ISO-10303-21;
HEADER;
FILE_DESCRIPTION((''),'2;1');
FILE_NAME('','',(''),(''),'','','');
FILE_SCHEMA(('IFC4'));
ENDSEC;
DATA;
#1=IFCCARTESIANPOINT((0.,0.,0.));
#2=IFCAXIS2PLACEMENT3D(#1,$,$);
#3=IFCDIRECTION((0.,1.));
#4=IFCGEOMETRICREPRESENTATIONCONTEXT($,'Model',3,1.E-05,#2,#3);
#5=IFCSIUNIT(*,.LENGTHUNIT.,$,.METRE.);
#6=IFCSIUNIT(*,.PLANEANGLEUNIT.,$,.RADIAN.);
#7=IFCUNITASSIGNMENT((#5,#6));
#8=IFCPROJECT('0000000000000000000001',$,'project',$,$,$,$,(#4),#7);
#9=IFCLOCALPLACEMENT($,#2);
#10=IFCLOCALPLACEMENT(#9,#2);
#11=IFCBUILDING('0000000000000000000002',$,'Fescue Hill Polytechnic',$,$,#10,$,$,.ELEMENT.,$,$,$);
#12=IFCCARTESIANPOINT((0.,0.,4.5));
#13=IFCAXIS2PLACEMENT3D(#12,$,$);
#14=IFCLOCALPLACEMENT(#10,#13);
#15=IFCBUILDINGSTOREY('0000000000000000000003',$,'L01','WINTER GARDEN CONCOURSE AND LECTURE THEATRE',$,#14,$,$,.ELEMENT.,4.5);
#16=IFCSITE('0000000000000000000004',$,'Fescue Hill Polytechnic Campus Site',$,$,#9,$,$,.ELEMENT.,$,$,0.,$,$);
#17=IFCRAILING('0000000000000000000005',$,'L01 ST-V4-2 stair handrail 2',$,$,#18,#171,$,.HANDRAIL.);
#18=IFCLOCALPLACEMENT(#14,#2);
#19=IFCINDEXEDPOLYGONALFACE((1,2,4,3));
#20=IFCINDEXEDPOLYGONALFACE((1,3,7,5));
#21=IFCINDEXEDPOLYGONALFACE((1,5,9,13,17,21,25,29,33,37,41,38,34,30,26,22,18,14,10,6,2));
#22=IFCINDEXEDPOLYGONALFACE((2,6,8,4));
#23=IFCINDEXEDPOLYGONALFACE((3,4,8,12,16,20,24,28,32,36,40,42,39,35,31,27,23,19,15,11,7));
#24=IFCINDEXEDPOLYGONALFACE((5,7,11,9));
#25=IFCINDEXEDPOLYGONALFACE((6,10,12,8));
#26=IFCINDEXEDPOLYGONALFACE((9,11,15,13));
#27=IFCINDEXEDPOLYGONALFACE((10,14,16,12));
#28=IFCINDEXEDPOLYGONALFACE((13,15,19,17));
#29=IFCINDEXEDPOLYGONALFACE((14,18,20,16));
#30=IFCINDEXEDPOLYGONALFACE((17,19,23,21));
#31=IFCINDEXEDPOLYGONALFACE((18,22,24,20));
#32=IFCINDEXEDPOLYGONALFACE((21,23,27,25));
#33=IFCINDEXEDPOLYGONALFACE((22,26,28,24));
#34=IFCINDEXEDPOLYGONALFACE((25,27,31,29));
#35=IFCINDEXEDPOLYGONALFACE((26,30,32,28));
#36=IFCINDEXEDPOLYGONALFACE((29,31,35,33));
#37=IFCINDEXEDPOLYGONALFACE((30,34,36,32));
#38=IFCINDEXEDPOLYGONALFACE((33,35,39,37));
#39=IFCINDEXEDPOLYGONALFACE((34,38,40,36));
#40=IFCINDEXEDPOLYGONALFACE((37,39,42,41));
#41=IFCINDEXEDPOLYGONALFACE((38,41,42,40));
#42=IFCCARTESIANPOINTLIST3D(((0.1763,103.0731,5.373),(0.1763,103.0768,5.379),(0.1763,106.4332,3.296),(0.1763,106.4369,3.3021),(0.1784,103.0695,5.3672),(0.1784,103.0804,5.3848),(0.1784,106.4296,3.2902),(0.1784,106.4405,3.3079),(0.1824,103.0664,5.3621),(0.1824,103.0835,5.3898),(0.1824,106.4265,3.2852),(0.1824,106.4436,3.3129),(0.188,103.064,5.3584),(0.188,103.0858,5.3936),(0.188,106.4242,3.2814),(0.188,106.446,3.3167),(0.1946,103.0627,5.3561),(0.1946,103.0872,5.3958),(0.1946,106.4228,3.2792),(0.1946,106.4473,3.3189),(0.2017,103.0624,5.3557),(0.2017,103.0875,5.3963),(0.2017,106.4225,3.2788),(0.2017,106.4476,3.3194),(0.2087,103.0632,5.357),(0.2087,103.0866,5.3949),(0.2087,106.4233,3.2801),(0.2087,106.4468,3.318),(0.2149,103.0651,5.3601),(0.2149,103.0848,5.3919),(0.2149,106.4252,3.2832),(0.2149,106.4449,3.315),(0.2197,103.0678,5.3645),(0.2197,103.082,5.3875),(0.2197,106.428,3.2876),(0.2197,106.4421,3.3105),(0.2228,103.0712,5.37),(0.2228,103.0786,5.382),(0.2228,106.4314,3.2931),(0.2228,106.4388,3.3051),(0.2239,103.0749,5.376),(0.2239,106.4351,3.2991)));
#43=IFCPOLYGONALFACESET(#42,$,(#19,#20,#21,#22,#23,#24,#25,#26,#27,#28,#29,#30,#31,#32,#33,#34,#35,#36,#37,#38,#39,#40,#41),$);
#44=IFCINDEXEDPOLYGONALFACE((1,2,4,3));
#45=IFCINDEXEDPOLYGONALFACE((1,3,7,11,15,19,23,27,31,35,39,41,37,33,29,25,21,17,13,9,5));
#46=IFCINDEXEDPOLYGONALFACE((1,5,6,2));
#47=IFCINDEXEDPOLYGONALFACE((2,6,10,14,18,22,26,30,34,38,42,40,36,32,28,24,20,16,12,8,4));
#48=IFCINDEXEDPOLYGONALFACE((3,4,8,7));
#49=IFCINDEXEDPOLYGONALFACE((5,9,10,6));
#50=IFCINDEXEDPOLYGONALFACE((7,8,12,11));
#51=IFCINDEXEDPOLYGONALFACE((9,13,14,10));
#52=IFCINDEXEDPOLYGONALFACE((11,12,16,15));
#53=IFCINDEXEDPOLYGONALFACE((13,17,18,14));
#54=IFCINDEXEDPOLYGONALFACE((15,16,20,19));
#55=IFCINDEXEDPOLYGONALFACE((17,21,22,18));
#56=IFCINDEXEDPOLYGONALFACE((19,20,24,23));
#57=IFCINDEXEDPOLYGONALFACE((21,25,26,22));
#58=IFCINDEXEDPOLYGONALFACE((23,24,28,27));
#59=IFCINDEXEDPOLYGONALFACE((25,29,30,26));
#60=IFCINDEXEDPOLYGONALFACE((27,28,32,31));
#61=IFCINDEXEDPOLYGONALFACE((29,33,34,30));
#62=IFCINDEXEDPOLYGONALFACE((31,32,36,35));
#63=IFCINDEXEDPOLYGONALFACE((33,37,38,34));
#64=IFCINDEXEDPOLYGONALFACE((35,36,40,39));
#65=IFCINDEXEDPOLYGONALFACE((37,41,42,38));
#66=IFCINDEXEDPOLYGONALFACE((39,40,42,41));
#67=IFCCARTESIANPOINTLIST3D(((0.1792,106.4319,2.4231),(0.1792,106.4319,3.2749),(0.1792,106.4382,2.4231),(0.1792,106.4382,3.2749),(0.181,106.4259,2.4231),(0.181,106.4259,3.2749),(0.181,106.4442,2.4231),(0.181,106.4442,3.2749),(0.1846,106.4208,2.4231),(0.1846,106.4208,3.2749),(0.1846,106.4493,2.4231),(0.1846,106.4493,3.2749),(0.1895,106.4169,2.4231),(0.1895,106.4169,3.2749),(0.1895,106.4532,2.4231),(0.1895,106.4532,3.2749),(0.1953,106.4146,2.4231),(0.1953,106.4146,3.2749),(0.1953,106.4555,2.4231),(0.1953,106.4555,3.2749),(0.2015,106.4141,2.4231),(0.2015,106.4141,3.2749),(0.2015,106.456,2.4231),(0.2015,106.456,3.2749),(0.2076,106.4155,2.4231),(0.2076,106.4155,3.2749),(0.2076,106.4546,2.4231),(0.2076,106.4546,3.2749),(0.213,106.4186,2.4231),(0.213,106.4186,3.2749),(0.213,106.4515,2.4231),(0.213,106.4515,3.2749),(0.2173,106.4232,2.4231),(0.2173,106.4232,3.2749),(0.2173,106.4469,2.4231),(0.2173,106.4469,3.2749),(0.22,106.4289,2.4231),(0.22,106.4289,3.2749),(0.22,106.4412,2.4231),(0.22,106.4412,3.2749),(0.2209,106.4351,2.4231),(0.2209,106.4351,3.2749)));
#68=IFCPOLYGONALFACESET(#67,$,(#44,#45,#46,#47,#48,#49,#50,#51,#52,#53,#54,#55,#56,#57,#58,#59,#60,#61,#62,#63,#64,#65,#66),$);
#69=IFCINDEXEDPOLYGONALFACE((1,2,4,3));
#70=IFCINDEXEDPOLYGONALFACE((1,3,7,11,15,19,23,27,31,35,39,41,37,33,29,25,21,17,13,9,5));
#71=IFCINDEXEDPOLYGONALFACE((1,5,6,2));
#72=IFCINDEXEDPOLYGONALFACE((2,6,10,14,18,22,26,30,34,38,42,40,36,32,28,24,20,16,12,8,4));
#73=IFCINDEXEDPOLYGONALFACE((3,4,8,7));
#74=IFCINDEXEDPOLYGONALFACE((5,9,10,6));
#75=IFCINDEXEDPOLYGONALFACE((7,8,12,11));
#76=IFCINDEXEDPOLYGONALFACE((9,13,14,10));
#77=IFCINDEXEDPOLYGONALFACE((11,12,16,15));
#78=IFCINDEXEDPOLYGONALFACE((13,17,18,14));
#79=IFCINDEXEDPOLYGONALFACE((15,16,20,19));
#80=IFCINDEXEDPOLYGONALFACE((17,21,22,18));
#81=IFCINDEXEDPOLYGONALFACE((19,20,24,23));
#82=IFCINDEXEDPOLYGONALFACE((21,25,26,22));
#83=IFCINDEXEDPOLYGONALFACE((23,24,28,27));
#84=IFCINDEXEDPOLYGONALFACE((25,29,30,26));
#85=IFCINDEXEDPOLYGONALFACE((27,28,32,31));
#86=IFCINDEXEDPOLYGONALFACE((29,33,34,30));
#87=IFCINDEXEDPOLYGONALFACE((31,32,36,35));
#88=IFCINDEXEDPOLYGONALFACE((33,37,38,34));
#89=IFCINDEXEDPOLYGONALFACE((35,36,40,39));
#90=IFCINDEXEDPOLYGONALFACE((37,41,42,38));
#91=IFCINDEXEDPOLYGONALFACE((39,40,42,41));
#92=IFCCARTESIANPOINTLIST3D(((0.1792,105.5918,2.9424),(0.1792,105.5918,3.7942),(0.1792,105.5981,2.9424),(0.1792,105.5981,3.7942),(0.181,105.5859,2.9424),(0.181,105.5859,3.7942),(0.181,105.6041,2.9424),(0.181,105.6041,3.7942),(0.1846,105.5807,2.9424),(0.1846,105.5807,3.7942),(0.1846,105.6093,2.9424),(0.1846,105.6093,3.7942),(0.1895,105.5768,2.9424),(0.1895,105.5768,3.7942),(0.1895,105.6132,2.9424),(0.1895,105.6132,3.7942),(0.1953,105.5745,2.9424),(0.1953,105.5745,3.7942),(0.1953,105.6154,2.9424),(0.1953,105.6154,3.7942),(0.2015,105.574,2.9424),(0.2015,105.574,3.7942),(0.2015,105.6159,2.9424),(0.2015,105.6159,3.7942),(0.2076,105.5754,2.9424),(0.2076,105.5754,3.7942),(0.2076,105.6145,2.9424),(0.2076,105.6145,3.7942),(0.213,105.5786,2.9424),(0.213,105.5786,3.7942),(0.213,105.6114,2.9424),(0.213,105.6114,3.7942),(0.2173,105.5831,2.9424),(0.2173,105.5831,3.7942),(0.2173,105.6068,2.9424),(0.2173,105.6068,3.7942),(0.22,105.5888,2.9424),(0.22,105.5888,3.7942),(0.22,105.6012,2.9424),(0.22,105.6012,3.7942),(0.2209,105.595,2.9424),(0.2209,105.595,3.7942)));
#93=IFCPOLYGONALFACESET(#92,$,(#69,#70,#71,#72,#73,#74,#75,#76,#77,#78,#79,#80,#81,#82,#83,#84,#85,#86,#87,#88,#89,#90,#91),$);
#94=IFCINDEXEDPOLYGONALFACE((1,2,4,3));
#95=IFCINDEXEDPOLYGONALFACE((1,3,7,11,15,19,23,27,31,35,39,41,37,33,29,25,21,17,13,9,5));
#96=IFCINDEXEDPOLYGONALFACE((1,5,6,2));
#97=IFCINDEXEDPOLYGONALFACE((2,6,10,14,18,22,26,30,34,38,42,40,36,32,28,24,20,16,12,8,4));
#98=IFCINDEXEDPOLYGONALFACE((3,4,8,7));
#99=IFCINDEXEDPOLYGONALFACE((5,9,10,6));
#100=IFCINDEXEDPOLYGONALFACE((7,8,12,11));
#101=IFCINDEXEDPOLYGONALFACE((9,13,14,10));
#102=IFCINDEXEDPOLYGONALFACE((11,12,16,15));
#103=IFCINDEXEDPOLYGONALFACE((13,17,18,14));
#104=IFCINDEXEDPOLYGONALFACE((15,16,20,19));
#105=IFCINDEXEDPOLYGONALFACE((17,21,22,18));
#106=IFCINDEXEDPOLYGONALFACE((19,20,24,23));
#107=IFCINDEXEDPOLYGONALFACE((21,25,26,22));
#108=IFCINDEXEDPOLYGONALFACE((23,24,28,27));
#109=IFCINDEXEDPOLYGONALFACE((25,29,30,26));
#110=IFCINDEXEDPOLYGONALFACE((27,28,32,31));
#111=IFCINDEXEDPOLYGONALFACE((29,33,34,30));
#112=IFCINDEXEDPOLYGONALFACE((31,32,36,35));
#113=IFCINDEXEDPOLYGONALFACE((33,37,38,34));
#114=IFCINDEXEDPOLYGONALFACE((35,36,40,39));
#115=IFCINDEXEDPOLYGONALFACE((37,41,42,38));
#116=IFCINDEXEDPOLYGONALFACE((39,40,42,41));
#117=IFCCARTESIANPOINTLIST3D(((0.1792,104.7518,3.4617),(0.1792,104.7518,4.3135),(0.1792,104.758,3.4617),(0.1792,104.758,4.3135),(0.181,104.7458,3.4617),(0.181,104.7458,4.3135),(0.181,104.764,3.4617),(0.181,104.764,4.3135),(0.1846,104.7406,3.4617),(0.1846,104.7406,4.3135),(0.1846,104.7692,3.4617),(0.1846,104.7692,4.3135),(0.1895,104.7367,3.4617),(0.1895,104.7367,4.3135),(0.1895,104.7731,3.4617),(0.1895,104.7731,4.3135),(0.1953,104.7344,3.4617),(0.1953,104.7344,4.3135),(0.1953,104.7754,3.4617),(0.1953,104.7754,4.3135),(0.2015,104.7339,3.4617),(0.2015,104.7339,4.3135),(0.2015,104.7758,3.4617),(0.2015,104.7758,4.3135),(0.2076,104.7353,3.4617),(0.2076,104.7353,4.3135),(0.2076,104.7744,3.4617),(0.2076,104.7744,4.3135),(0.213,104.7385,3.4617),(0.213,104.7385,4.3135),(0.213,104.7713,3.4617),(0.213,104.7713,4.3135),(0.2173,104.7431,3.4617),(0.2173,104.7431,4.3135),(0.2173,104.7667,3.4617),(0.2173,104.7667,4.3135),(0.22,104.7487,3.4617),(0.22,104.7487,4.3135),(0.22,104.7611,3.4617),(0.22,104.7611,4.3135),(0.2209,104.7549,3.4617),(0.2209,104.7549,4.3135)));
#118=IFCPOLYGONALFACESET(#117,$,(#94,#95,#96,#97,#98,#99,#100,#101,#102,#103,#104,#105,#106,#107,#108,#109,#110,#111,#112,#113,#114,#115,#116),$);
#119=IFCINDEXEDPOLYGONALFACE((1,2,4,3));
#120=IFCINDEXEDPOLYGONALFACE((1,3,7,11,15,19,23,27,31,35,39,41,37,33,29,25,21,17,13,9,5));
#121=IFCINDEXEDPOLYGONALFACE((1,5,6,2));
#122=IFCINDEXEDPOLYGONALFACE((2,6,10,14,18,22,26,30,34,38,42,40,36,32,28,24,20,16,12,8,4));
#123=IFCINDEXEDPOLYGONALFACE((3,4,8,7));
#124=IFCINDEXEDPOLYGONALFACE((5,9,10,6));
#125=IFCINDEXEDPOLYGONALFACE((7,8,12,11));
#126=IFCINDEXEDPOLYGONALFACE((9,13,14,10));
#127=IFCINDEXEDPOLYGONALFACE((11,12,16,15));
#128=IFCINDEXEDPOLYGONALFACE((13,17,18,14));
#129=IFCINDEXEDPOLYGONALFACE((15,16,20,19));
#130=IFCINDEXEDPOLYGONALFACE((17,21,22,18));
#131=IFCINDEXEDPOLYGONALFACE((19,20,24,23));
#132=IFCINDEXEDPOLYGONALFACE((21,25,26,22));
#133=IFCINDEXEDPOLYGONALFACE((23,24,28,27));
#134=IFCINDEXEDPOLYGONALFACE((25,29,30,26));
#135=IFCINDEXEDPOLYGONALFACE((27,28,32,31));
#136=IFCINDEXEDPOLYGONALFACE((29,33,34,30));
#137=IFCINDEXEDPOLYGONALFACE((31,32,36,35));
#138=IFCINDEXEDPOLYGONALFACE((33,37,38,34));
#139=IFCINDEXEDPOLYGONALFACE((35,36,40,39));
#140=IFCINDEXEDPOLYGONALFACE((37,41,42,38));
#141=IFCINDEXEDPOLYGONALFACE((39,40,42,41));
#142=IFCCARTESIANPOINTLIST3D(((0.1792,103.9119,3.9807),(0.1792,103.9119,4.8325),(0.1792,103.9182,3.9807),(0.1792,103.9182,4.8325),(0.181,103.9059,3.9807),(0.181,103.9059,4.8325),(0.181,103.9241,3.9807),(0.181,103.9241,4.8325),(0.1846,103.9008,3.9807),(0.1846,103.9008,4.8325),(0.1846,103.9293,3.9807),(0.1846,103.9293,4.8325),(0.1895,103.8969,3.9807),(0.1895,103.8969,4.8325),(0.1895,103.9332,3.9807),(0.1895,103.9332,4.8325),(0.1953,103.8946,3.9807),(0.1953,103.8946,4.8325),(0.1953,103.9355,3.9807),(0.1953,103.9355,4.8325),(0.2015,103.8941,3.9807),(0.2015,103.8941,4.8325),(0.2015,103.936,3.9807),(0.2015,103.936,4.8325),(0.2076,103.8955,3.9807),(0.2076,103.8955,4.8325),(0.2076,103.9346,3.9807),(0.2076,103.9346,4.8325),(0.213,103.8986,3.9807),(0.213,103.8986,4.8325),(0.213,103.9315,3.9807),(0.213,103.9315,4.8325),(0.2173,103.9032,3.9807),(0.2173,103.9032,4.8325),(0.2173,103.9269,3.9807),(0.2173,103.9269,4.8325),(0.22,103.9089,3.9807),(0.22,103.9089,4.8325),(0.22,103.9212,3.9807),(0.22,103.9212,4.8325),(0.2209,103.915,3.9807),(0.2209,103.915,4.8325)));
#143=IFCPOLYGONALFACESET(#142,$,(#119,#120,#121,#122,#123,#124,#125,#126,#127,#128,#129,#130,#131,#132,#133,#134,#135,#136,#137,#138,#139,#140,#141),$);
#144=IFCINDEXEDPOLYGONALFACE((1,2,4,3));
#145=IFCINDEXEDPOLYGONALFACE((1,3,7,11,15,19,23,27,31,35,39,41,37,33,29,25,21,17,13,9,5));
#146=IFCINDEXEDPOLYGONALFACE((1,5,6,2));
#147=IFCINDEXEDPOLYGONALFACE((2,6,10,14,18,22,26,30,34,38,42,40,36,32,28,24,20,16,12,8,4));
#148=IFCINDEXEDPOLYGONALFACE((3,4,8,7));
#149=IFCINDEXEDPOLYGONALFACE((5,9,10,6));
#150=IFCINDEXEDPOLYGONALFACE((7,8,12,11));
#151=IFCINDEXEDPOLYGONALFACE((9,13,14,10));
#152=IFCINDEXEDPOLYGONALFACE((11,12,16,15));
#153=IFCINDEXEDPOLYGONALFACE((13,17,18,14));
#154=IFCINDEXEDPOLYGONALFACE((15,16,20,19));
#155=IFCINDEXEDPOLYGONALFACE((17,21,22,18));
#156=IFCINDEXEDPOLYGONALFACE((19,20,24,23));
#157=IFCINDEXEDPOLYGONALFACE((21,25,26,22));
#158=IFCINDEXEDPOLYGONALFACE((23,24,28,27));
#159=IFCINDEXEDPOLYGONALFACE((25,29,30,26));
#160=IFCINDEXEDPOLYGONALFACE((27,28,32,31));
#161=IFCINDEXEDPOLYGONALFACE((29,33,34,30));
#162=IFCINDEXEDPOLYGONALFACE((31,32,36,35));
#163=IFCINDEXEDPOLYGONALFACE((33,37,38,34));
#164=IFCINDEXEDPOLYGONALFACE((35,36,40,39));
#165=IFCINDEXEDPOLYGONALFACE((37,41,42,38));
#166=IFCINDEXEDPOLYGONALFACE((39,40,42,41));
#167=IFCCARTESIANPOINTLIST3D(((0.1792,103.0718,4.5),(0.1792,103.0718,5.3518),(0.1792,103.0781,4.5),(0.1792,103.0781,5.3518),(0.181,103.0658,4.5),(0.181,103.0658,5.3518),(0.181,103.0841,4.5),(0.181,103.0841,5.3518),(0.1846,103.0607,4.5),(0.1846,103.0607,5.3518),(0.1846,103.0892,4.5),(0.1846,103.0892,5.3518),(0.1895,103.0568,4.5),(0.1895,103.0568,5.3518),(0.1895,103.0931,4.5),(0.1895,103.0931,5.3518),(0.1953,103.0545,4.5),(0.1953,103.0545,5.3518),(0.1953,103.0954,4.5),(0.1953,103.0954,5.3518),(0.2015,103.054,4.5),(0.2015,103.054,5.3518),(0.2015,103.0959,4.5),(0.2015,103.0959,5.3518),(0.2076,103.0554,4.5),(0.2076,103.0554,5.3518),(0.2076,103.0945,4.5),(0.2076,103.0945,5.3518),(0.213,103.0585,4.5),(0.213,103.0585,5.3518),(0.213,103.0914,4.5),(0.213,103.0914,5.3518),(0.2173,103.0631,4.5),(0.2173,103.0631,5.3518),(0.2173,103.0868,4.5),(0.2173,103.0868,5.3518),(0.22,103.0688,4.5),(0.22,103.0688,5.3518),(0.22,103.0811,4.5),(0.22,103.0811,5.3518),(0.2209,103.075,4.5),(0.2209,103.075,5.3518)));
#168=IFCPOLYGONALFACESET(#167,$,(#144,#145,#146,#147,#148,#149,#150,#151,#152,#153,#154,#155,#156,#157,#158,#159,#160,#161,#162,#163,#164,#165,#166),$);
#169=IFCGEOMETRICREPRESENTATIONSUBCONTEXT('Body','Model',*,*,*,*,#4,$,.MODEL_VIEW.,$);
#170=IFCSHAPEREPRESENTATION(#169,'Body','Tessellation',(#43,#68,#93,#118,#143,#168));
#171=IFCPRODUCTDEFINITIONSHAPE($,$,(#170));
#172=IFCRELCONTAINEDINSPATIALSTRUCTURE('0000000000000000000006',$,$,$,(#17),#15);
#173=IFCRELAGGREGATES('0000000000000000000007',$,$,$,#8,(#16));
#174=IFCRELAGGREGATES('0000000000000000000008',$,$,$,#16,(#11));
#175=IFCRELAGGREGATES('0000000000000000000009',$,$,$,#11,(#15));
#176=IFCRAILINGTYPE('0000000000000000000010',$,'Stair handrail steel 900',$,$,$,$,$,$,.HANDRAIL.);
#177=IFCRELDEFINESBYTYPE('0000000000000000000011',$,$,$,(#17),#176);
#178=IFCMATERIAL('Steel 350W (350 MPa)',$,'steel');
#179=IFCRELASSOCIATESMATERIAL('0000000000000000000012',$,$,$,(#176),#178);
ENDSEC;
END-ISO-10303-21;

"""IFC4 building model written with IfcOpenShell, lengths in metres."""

from ifc_helpers import new_model, si_unit, direction, frame, origin, origin_2d, place, context, subcontext, project, spatial, circle, extrude, material, type_object, element, save


model = new_model("IFC4")

# Units and contexts
model_context = context("Model", 3, precision=1e-05, world=origin(), true_north=direction((0.0, 1.0)))
body_context = subcontext(model_context, "Body", "Model", "MODEL_VIEW")
ifc_project = project(units=[si_unit("LENGTHUNIT", "METRE"), si_unit("PLANEANGLEUNIT", "RADIAN")], contexts=[model_context])

# Site, building, storey
site_placement = place(None, origin())
site = spatial("IfcSite", under=ifc_project, at=site_placement, Name="Fescue Hill Polytechnic Campus Site", CompositionType="ELEMENT", RefElevation=0.0)
building_placement = place(site_placement, origin())
building = spatial("IfcBuilding", under=site, at=building_placement, Name="Fescue Hill Polytechnic", CompositionType="ELEMENT")
storey_placement = place(building_placement, frame((0.0, 0.0, 4.5)))
storey = spatial("IfcBuildingStorey", under=building, at=storey_placement, Name="L01", Description="WINTER GARDEN CONCOURSE AND LECTURE THEATRE", CompositionType="ELEMENT", Elevation=4.5)

# Railing
ifc_material_1 = material(Name="Steel 350W (350 MPa)", Category="steel")
railing_type_1 = type_object("IfcRailingType", Name="Stair handrail steel 900", PredefinedType="HANDRAIL", material=ifc_material_1)
railing_1_placement = place(storey_placement, frame((0.2, 106.4351, 2.4231)))
element("IfcRailing", 1, at=railing_1_placement, inside=storey, type_object=railing_type_1, Name="L01 ST-V4-2 stair handrail 2", PredefinedType="HANDRAIL", context=body_context, shape_type="SweptSolid", body=[
    extrude(circle(Radius=0.0239, at=origin_2d()), frame((0.0, 0.0, 0.876), z_axis=(0.0, -0.850623, 0.525776), x_axis=(1.0, 0.0, 0.0)), (0.0, 0.0, 1.0), 3.9502),
    extrude(circle(Radius=0.021, at=origin_2d()), origin(), (0.0, 0.0, 1.0), 0.8518),
    extrude(circle(Radius=0.021, at=origin_2d()), frame((0.0, -0.8401, 0.5193)), (0.0, 0.0, 1.0), 0.8518),
    extrude(circle(Radius=0.021, at=origin_2d()), frame((0.0, -1.6802, 1.0386)), (0.0, 0.0, 1.0), 0.8518),
    extrude(circle(Radius=0.021, at=origin_2d()), frame((0.0, -2.52, 1.5576)), (0.0, 0.0, 1.0), 0.8518),
    extrude(circle(Radius=0.021, at=origin_2d()), frame((0.0, -3.3601, 2.0769)), (0.0, 0.0, 1.0), 0.8518),
])

save(model, "model.ifc")
